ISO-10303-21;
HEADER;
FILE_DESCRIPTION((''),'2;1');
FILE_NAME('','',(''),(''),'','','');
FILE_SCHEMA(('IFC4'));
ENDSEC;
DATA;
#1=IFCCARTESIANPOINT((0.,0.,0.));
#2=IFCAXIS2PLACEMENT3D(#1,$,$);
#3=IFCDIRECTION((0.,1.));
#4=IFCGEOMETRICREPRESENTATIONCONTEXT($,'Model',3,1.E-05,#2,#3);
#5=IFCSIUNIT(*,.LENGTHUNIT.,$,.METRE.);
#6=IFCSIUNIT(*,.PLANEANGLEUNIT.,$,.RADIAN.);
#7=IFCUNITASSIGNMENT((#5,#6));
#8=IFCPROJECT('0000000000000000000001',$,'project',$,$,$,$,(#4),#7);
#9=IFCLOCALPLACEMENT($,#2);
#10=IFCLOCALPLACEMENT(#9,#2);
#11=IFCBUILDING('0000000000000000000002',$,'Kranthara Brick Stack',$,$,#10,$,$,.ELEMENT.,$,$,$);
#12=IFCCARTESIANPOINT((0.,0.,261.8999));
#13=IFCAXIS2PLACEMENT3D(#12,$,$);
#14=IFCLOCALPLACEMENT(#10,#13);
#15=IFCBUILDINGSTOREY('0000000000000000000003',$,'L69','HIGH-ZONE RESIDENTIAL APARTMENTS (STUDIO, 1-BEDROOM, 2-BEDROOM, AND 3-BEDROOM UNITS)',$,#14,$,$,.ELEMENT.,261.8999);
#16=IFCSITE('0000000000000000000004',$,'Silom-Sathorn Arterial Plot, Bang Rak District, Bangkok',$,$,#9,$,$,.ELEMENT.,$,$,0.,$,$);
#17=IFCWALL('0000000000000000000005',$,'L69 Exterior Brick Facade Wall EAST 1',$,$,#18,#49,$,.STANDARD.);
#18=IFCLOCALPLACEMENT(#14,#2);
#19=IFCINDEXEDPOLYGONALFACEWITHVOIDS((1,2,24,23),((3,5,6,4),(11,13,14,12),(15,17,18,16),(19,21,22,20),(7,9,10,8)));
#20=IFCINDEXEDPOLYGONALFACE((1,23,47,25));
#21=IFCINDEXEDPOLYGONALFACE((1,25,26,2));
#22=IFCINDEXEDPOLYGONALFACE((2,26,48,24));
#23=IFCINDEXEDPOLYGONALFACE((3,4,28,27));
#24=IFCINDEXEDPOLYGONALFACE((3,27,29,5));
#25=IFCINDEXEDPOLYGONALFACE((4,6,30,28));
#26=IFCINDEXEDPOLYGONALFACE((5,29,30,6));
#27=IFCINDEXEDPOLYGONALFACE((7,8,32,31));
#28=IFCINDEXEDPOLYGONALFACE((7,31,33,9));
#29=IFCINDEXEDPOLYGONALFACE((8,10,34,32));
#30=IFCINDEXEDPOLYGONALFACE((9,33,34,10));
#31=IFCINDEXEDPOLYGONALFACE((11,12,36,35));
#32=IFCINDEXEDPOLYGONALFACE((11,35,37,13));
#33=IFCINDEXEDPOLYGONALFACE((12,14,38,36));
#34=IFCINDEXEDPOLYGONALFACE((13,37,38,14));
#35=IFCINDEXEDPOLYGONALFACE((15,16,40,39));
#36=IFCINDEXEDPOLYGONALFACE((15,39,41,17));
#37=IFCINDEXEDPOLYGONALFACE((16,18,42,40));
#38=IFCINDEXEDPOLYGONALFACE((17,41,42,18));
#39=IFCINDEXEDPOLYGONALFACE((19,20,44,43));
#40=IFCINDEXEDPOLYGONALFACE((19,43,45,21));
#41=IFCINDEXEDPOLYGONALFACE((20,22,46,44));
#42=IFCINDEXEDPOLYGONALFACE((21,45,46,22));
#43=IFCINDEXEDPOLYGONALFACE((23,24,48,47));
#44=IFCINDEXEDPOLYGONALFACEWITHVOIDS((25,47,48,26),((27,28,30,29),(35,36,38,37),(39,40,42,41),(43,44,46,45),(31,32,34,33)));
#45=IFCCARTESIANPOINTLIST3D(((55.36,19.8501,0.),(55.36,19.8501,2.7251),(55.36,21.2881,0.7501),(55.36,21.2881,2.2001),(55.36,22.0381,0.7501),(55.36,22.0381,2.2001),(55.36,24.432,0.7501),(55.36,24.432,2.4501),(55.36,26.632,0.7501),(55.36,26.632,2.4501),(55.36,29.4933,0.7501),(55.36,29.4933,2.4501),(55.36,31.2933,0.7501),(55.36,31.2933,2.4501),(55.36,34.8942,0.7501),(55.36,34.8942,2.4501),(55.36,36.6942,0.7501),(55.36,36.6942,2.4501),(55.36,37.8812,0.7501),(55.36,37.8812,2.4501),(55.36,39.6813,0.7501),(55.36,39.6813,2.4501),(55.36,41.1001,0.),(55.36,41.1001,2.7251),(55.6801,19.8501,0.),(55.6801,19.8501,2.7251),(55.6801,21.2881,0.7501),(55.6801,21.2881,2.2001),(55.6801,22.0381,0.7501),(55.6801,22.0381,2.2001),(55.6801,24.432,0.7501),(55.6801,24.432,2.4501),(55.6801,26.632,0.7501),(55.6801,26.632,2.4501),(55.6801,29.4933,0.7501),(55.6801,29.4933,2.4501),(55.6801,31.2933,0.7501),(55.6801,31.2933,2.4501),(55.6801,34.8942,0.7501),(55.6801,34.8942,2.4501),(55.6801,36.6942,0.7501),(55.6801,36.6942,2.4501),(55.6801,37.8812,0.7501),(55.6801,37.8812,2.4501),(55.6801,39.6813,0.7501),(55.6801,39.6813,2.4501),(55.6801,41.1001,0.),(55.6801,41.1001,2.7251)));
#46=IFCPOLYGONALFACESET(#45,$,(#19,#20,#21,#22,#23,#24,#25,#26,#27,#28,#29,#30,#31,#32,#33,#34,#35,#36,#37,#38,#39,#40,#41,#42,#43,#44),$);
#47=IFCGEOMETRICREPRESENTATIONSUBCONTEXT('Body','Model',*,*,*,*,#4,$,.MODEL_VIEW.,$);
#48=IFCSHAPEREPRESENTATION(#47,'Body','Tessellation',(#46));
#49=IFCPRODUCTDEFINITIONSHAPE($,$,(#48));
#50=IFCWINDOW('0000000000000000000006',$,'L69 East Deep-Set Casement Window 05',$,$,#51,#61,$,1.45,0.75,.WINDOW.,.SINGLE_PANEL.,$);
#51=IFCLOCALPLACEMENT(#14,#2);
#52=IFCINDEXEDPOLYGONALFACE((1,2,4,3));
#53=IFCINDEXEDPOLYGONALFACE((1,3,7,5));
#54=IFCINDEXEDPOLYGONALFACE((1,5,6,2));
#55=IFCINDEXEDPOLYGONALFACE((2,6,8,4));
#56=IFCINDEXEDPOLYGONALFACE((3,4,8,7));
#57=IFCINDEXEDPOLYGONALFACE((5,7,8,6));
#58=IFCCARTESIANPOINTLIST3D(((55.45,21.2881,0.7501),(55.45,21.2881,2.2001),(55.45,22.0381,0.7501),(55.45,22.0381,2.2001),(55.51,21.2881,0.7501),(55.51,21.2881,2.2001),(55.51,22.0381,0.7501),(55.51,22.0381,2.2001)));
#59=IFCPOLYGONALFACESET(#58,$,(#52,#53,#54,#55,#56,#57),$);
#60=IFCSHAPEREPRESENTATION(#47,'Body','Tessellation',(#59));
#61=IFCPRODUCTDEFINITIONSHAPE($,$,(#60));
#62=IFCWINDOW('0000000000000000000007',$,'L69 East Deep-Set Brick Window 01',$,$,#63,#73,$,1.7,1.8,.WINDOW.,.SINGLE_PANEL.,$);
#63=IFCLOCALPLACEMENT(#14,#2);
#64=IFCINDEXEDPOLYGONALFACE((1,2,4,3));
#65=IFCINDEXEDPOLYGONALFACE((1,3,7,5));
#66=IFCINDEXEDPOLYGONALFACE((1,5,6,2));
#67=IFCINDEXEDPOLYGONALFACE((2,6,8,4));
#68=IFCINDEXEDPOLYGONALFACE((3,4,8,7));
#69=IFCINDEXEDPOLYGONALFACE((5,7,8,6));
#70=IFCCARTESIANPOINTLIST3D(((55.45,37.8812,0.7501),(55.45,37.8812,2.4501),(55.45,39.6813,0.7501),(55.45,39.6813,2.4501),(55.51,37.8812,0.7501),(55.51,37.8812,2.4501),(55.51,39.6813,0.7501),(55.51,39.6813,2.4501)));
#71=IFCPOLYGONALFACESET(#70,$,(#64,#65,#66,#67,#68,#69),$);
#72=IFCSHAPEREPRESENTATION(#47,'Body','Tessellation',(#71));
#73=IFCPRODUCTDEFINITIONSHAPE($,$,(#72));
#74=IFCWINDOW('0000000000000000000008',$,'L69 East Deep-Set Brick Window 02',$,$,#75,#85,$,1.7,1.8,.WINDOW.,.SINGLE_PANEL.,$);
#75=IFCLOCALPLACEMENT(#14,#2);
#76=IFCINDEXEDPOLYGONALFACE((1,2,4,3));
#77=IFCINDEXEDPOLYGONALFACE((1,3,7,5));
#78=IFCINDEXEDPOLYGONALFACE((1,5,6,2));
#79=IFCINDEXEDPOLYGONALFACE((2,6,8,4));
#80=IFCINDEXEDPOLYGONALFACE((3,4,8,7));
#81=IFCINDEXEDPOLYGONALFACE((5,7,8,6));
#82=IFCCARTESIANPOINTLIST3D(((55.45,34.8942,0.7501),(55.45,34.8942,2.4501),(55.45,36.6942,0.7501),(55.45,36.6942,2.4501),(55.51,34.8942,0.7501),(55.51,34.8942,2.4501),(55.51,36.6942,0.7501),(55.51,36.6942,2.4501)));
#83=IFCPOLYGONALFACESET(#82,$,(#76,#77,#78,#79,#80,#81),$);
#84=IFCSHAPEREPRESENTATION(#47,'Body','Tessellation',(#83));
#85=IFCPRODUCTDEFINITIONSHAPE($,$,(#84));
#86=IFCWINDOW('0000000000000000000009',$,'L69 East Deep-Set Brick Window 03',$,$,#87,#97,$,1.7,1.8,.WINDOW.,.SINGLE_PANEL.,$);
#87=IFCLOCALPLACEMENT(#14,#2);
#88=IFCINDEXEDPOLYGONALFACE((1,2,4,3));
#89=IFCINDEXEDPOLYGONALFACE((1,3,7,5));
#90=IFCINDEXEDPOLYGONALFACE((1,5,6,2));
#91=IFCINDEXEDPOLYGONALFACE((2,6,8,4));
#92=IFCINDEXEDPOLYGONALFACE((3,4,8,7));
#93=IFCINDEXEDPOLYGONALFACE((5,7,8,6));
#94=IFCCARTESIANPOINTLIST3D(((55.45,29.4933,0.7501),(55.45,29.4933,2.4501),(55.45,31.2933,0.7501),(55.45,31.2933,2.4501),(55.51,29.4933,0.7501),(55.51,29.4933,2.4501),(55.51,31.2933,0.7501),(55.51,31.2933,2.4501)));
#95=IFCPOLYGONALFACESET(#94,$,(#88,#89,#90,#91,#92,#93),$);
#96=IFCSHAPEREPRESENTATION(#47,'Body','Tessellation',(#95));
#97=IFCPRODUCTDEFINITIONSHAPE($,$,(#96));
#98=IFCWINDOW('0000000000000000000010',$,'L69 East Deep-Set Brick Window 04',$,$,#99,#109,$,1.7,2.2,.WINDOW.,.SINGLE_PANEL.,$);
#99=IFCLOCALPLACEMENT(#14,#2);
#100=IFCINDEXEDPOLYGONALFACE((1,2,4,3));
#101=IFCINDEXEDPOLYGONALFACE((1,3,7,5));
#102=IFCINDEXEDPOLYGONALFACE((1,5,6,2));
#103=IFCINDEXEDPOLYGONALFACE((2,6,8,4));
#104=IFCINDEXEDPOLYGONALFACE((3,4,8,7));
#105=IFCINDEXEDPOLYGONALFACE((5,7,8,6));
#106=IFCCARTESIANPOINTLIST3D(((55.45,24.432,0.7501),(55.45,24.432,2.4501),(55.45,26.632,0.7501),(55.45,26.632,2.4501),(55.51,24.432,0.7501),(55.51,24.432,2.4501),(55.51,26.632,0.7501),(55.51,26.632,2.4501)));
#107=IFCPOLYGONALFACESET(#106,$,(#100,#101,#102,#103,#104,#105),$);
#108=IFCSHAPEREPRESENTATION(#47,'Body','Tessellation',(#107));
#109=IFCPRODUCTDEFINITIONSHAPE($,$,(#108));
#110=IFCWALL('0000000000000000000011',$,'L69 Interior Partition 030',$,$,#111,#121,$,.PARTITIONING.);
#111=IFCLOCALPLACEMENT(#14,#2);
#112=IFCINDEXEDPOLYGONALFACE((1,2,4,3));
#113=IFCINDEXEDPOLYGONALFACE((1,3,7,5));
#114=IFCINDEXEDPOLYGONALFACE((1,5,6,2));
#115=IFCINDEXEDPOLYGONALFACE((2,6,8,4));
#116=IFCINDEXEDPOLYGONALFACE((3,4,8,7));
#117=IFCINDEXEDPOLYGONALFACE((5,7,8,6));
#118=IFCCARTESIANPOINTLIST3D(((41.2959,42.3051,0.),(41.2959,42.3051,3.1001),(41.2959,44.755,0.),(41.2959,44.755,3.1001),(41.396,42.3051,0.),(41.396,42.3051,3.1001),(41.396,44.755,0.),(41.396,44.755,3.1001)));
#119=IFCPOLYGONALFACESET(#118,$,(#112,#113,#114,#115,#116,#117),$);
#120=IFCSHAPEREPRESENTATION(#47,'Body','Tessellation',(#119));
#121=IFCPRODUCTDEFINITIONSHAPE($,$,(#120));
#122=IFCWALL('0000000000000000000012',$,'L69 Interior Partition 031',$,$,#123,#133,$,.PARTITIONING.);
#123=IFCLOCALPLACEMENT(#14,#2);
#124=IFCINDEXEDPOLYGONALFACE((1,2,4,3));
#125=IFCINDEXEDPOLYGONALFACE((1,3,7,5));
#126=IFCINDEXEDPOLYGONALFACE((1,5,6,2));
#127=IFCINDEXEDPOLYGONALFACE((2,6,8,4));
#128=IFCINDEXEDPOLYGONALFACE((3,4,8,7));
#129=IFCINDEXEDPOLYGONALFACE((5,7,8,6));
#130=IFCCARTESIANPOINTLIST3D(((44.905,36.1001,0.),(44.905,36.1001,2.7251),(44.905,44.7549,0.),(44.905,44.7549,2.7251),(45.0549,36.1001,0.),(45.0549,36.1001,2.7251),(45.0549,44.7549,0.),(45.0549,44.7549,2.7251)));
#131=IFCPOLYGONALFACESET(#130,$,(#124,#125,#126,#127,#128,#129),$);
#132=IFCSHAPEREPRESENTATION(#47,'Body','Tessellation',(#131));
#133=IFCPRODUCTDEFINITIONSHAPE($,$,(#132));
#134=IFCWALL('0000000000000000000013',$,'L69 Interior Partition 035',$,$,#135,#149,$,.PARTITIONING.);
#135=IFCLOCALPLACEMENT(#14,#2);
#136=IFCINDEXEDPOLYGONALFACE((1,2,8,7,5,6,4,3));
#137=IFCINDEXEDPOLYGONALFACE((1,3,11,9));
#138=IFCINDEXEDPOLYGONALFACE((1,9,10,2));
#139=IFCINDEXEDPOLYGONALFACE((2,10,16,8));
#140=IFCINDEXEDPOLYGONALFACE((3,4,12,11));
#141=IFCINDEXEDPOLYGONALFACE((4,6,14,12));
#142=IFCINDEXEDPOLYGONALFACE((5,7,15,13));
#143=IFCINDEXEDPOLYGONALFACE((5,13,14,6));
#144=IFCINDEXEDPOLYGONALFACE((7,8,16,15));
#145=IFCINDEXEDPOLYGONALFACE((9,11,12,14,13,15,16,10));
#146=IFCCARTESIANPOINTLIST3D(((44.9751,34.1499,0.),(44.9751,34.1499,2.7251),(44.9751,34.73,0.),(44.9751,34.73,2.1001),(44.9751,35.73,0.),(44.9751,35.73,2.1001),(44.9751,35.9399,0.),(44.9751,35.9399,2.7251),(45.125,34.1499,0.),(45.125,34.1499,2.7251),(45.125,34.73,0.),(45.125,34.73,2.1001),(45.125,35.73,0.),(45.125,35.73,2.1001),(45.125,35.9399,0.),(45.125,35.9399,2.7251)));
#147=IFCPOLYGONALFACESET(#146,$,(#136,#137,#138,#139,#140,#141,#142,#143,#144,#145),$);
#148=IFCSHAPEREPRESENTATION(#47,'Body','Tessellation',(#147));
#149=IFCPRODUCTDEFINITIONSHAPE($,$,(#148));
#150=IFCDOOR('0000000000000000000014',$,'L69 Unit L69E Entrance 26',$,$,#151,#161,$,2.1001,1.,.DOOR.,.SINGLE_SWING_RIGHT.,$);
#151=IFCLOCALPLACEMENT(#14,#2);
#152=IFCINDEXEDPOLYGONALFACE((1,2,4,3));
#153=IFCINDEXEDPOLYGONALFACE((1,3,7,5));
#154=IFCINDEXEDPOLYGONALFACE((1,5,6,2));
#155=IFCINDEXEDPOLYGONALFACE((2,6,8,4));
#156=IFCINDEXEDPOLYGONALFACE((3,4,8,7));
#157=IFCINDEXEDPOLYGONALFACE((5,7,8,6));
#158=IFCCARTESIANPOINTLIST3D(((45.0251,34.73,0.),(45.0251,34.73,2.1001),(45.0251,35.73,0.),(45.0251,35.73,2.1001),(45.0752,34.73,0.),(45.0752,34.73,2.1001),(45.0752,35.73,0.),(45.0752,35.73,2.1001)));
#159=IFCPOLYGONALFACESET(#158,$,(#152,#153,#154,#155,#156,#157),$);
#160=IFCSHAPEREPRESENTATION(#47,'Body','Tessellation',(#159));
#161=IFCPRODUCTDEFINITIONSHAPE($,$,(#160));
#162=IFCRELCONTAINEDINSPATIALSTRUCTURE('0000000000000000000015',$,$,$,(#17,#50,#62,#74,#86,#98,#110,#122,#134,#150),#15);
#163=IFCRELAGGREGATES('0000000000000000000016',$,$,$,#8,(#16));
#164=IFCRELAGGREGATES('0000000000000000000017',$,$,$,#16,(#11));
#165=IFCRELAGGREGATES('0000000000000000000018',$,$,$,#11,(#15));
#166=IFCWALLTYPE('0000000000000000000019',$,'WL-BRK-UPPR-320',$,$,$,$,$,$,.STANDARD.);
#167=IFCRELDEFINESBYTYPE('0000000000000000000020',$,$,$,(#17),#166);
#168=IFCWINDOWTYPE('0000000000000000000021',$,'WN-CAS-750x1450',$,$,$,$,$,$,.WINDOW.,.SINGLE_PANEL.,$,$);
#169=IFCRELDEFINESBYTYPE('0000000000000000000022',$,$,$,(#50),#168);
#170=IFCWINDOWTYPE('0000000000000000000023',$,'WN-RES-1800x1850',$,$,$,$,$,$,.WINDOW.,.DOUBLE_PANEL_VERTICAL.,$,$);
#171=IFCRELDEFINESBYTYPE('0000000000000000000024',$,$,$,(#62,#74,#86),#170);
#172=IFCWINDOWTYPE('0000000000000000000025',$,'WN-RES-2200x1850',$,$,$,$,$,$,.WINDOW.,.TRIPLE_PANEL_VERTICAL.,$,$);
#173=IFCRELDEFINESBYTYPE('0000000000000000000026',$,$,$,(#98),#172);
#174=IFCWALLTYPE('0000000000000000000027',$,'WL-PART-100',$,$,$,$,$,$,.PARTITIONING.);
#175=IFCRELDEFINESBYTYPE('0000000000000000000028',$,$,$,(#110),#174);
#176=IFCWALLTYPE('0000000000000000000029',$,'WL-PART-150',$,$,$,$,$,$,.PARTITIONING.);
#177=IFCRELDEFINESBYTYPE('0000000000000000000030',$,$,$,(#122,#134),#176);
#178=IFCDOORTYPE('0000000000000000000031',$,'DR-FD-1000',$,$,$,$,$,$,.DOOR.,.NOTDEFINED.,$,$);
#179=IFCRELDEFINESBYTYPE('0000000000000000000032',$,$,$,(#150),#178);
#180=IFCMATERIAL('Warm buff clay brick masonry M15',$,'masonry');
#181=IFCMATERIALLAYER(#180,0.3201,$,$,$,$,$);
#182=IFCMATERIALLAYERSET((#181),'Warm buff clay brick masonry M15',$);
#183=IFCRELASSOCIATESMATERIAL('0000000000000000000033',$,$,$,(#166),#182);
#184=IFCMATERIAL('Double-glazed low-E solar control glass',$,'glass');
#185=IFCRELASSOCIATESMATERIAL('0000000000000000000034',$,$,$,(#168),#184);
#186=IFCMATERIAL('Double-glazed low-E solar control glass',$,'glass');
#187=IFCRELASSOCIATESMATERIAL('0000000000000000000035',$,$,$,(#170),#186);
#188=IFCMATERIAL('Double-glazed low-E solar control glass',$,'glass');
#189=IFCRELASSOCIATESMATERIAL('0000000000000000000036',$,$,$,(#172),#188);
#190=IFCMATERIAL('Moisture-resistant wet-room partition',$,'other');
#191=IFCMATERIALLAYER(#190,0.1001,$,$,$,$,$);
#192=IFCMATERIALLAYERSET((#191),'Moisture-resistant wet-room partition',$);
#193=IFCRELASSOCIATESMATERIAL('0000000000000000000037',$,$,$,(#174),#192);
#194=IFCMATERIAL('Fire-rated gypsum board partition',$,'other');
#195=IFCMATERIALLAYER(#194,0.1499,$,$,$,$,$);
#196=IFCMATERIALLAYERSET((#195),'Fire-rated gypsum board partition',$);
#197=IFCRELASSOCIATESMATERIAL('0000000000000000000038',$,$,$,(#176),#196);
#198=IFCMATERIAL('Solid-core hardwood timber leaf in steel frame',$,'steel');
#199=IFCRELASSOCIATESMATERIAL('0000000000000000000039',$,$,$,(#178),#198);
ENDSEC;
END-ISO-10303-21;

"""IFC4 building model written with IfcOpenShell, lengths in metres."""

from ifc_helpers import new_model, si_unit, direction, frame, frame_2d, origin, place, context, subcontext, project, spatial, rectangle, extrude, material, layer, layer_set, type_object, element, fill, save


model = new_model("IFC4")

# Units and contexts
model_context = context("Model", 3, precision=1e-05, world=origin(), true_north=direction((0.0, 1.0)))
body_context = subcontext(model_context, "Body", "Model", "MODEL_VIEW")
ifc_project = project(units=[si_unit("LENGTHUNIT", "METRE"), si_unit("PLANEANGLEUNIT", "RADIAN")], contexts=[model_context])

# Site, building, storey
site_placement = place(None, origin())
site = spatial("IfcSite", under=ifc_project, at=site_placement, Name="Silom-Sathorn Arterial Plot, Bang Rak District, Bangkok", CompositionType="ELEMENT", RefElevation=0.0)
building_placement = place(site_placement, origin())
building = spatial("IfcBuilding", under=site, at=building_placement, Name="Kranthara Brick Stack", CompositionType="ELEMENT")
storey_placement = place(building_placement, frame((0.0, 0.0, 261.8999)))
storey = spatial("IfcBuildingStorey", under=building, at=storey_placement, Name="L69", Description="HIGH-ZONE RESIDENTIAL APARTMENTS (STUDIO, 1-BEDROOM, 2-BEDROOM, AND 3-BEDROOM UNITS)", CompositionType="ELEMENT", Elevation=261.8999)

# Shared definitions
ifc_material_1 = material(Name="Warm buff clay brick masonry M15", Category="masonry")
ifc_layer_1 = layer(ifc_material_1, 0.3201)
ifc_layer_set_1 = layer_set([ifc_layer_1], Name="Warm buff clay brick masonry M15")
wall_type_1 = type_object("IfcWallType", Name="WL-BRK-UPPR-320", PredefinedType="STANDARD", material=ifc_layer_set_1)

# Wall, openings, windows
wall_1_placement = place(storey_placement, frame((55.52, 41.1001, 0.0), z_axis=(0.0, 0.0, 1.0), x_axis=(0.0, -1.0, 0.0)))
wall_1 = element("IfcWall", 1, at=wall_1_placement, inside=storey, type_object=wall_type_1, Name="L69 Exterior Brick Facade Wall EAST 1", PredefinedType="STANDARD", context=body_context, shape_type="SweptSolid", body=[
    extrude(rectangle(XDim=21.25, YDim=0.3201, at=frame_2d((10.625, 0.0))), origin(), (0.0, 0.0, 1.0), 2.7251),
])
opening_1_placement = place(wall_1_placement, frame((1.4189, 0.0, 0.75)))
opening_1 = element("IfcOpeningElement", 2, at=opening_1_placement, cuts=wall_1, PredefinedType="OPENING", context=body_context, shape_type="SweptSolid", body=[
    extrude(rectangle(XDim=1.8, YDim=1.7, at=frame_2d((0.8999, 0.8501))), frame((0.0, 0.1699, 0.0), z_axis=(0.0, -1.0, 0.0), x_axis=(1.0, 0.0, 0.0)), (0.0, 0.0, 1.0), 0.3401),
])
opening_2_placement = place(wall_1_placement, frame((4.406, 0.0, 0.75)))
opening_2 = element("IfcOpeningElement", 3, at=opening_2_placement, cuts=wall_1, PredefinedType="OPENING", context=body_context, shape_type="SweptSolid", body=[
    extrude(rectangle(XDim=1.8, YDim=1.7, at=frame_2d((0.8999, 0.8501))), frame((0.0, 0.1699, 0.0), z_axis=(0.0, -1.0, 0.0), x_axis=(1.0, 0.0, 0.0)), (0.0, 0.0, 1.0), 0.3401),
])
opening_3_placement = place(wall_1_placement, frame((9.8069, 0.0, 0.75)))
opening_3 = element("IfcOpeningElement", 4, at=opening_3_placement, cuts=wall_1, PredefinedType="OPENING", context=body_context, shape_type="SweptSolid", body=[
    extrude(rectangle(XDim=1.8, YDim=1.7, at=frame_2d((0.8999, 0.8501))), frame((0.0, 0.1699, 0.0), z_axis=(0.0, -1.0, 0.0), x_axis=(1.0, 0.0, 0.0)), (0.0, 0.0, 1.0), 0.3401),
])
opening_4_placement = place(wall_1_placement, frame((14.468, 0.0, 0.75)))
opening_4 = element("IfcOpeningElement", 5, at=opening_4_placement, cuts=wall_1, PredefinedType="OPENING", context=body_context, shape_type="SweptSolid", body=[
    extrude(rectangle(XDim=2.2, YDim=1.7, at=frame_2d((1.1001, 0.8501))), frame((0.0, 0.1699, 0.0), z_axis=(0.0, -1.0, 0.0), x_axis=(1.0, 0.0, 0.0)), (0.0, 0.0, 1.0), 0.3401),
])
opening_5_placement = place(wall_1_placement, frame((19.062, 0.0, 0.75)))
opening_5 = element("IfcOpeningElement", 6, at=opening_5_placement, cuts=wall_1, PredefinedType="OPENING", context=body_context, shape_type="SweptSolid", body=[
    extrude(rectangle(XDim=0.75, YDim=1.45, at=frame_2d((0.375, 0.7251))), frame((0.0, 0.1699, 0.0), z_axis=(0.0, -1.0, 0.0), x_axis=(1.0, 0.0, 0.0)), (0.0, 0.0, 1.0), 0.3401),
])
ifc_material_2 = material(Name="Double-glazed low-E solar control glass", Category="glass")
window_type_1 = type_object("IfcWindowType", Name="WN-CAS-750x1450", PartitioningType="SINGLE_PANEL", PredefinedType="WINDOW", material=ifc_material_2)
window_1_placement = place(opening_5_placement, origin())
window_1 = element("IfcWindow", 7, at=window_1_placement, inside=storey, type_object=window_type_1, Name="L69 East Deep-Set Casement Window 05", OverallHeight=1.45, OverallWidth=0.75, PartitioningType="SINGLE_PANEL", PredefinedType="WINDOW", context=body_context, shape_type="SweptSolid", body=[
    extrude(rectangle(XDim=0.75, YDim=1.45, at=frame_2d((0.375, 0.7251))), frame((0.0, -0.01, 0.0), z_axis=(0.0, -1.0, 0.0), x_axis=(1.0, 0.0, 0.0)), (0.0, 0.0, 1.0), 0.0601),
])
fill(opening_5, window_1)
ifc_material_3 = material(Name="Double-glazed low-E solar control glass", Category="glass")
window_type_2 = type_object("IfcWindowType", Name="WN-RES-1800x1850", PartitioningType="DOUBLE_PANEL_VERTICAL", PredefinedType="WINDOW", material=ifc_material_3)
window_2_placement = place(opening_1_placement, origin())
window_2 = element("IfcWindow", 8, at=window_2_placement, inside=storey, type_object=window_type_2, Name="L69 East Deep-Set Brick Window 01", OverallHeight=1.7, OverallWidth=1.8, PartitioningType="SINGLE_PANEL", PredefinedType="WINDOW", context=body_context, shape_type="SweptSolid", body=[
    extrude(rectangle(XDim=1.8, YDim=1.7, at=frame_2d((0.8999, 0.8501))), frame((0.0, -0.01, 0.0), z_axis=(0.0, -1.0, 0.0), x_axis=(1.0, 0.0, 0.0)), (0.0, 0.0, 1.0), 0.0601),
])
fill(opening_1, window_2)
window_3_placement = place(opening_2_placement, origin())
window_3 = element("IfcWindow", 9, at=window_3_placement, inside=storey, type_object=window_type_2, Name="L69 East Deep-Set Brick Window 02", OverallHeight=1.7, OverallWidth=1.8, PartitioningType="SINGLE_PANEL", PredefinedType="WINDOW", context=body_context, shape_type="SweptSolid", body=[
    extrude(rectangle(XDim=1.8, YDim=1.7, at=frame_2d((0.8999, 0.8501))), frame((0.0, -0.01, 0.0), z_axis=(0.0, -1.0, 0.0), x_axis=(1.0, 0.0, 0.0)), (0.0, 0.0, 1.0), 0.0601),
])
fill(opening_2, window_3)
window_4_placement = place(opening_3_placement, origin())
window_4 = element("IfcWindow", 10, at=window_4_placement, inside=storey, type_object=window_type_2, Name="L69 East Deep-Set Brick Window 03", OverallHeight=1.7, OverallWidth=1.8, PartitioningType="SINGLE_PANEL", PredefinedType="WINDOW", context=body_context, shape_type="SweptSolid", body=[
    extrude(rectangle(XDim=1.8, YDim=1.7, at=frame_2d((0.8999, 0.8501))), frame((0.0, -0.01, 0.0), z_axis=(0.0, -1.0, 0.0), x_axis=(1.0, 0.0, 0.0)), (0.0, 0.0, 1.0), 0.0601),
])
fill(opening_3, window_4)
ifc_material_4 = material(Name="Double-glazed low-E solar control glass", Category="glass")
window_type_3 = type_object("IfcWindowType", Name="WN-RES-2200x1850", PartitioningType="TRIPLE_PANEL_VERTICAL", PredefinedType="WINDOW", material=ifc_material_4)
window_5_placement = place(opening_4_placement, origin())
window_5 = element("IfcWindow", 11, at=window_5_placement, inside=storey, type_object=window_type_3, Name="L69 East Deep-Set Brick Window 04", OverallHeight=1.7, OverallWidth=2.2, PartitioningType="SINGLE_PANEL", PredefinedType="WINDOW", context=body_context, shape_type="SweptSolid", body=[
    extrude(rectangle(XDim=2.2, YDim=1.7, at=frame_2d((1.1001, 0.8501))), frame((0.0, -0.01, 0.0), z_axis=(0.0, -1.0, 0.0), x_axis=(1.0, 0.0, 0.0)), (0.0, 0.0, 1.0), 0.0601),
])
fill(opening_4, window_5)

# Walls
ifc_material_5 = material(Name="Moisture-resistant wet-room partition", Category="other")
ifc_layer_2 = layer(ifc_material_5, 0.1001)
ifc_layer_set_2 = layer_set([ifc_layer_2], Name="Moisture-resistant wet-room partition")
wall_type_2 = type_object("IfcWallType", Name="WL-PART-100", PredefinedType="PARTITIONING", material=ifc_layer_set_2)
wall_2_placement = place(storey_placement, frame((41.3459, 42.3049, 0.0), z_axis=(0.0, 0.0, 1.0), x_axis=(0.0, 1.0, 0.0)))
element("IfcWall", 12, at=wall_2_placement, inside=storey, type_object=wall_type_2, Name="L69 Interior Partition 030", PredefinedType="PARTITIONING", context=body_context, shape_type="SweptSolid", body=[
    extrude(rectangle(XDim=2.45, YDim=0.1001, at=frame_2d((1.2251, 0.0))), origin(), (0.0, 0.0, 1.0), 3.1001),
])
ifc_material_6 = material(Name="Fire-rated gypsum board partition", Category="other")
ifc_layer_3 = layer(ifc_material_6, 0.1499)
ifc_layer_set_3 = layer_set([ifc_layer_3], Name="Fire-rated gypsum board partition")
wall_type_3 = type_object("IfcWallType", Name="WL-PART-150", PredefinedType="PARTITIONING", material=ifc_layer_set_3)
wall_3_placement = place(storey_placement, frame((44.98, 36.1001, 0.0), z_axis=(0.0, 0.0, 1.0), x_axis=(0.0, 1.0, 0.0)))
element("IfcWall", 13, at=wall_3_placement, inside=storey, type_object=wall_type_3, Name="L69 Interior Partition 031", PredefinedType="PARTITIONING", context=body_context, shape_type="SweptSolid", body=[
    extrude(rectangle(XDim=8.6548, YDim=0.1499, at=frame_2d((4.3274, 0.0))), origin(), (0.0, 0.0, 1.0), 2.7251),
])

# Wall, opening, door
wall_4_placement = place(storey_placement, frame((45.05, 34.1499, 0.0), z_axis=(0.0, 0.0, 1.0), x_axis=(0.0, 1.0, 0.0)))
wall_4 = element("IfcWall", 14, at=wall_4_placement, inside=storey, type_object=wall_type_3, Name="L69 Interior Partition 035", PredefinedType="PARTITIONING", context=body_context, shape_type="SweptSolid", body=[
    extrude(rectangle(XDim=1.79, YDim=0.1499, at=frame_2d((0.895, 0.0))), origin(), (0.0, 0.0, 1.0), 2.7251),
])
opening_6_placement = place(wall_4_placement, frame((0.5801, 0.0, 0.0)))
opening_6 = element("IfcOpeningElement", 15, at=opening_6_placement, cuts=wall_4, PredefinedType="OPENING", context=body_context, shape_type="SweptSolid", body=[
    extrude(rectangle(XDim=1.0, YDim=2.1001, at=frame_2d((0.5, 1.05))), frame((0.0, 0.085, 0.0), z_axis=(0.0, -1.0, 0.0), x_axis=(1.0, 0.0, 0.0)), (0.0, 0.0, 1.0), 0.1699),
])
ifc_material_7 = material(Name="Solid-core hardwood timber leaf in steel frame", Category="steel")
door_type = type_object("IfcDoorType", Name="DR-FD-1000", OperationType="NOTDEFINED", PredefinedType="DOOR", material=ifc_material_7)
door_placement = place(opening_6_placement, origin())
door = element("IfcDoor", 16, at=door_placement, inside=storey, type_object=door_type, Name="L69 Unit L69E Entrance 26", OperationType="SINGLE_SWING_RIGHT", OverallHeight=2.1001, OverallWidth=1.0, PredefinedType="DOOR", context=body_context, shape_type="SweptSolid", body=[
    extrude(rectangle(XDim=1.0, YDim=2.1001, at=frame_2d((0.5, 1.05))), frame((0.0, 0.0249, 0.0), z_axis=(0.0, -1.0, 0.0), x_axis=(1.0, 0.0, 0.0)), (0.0, 0.0, 1.0), 0.05),
])
fill(opening_6, door)

save(model, "model.ifc")
